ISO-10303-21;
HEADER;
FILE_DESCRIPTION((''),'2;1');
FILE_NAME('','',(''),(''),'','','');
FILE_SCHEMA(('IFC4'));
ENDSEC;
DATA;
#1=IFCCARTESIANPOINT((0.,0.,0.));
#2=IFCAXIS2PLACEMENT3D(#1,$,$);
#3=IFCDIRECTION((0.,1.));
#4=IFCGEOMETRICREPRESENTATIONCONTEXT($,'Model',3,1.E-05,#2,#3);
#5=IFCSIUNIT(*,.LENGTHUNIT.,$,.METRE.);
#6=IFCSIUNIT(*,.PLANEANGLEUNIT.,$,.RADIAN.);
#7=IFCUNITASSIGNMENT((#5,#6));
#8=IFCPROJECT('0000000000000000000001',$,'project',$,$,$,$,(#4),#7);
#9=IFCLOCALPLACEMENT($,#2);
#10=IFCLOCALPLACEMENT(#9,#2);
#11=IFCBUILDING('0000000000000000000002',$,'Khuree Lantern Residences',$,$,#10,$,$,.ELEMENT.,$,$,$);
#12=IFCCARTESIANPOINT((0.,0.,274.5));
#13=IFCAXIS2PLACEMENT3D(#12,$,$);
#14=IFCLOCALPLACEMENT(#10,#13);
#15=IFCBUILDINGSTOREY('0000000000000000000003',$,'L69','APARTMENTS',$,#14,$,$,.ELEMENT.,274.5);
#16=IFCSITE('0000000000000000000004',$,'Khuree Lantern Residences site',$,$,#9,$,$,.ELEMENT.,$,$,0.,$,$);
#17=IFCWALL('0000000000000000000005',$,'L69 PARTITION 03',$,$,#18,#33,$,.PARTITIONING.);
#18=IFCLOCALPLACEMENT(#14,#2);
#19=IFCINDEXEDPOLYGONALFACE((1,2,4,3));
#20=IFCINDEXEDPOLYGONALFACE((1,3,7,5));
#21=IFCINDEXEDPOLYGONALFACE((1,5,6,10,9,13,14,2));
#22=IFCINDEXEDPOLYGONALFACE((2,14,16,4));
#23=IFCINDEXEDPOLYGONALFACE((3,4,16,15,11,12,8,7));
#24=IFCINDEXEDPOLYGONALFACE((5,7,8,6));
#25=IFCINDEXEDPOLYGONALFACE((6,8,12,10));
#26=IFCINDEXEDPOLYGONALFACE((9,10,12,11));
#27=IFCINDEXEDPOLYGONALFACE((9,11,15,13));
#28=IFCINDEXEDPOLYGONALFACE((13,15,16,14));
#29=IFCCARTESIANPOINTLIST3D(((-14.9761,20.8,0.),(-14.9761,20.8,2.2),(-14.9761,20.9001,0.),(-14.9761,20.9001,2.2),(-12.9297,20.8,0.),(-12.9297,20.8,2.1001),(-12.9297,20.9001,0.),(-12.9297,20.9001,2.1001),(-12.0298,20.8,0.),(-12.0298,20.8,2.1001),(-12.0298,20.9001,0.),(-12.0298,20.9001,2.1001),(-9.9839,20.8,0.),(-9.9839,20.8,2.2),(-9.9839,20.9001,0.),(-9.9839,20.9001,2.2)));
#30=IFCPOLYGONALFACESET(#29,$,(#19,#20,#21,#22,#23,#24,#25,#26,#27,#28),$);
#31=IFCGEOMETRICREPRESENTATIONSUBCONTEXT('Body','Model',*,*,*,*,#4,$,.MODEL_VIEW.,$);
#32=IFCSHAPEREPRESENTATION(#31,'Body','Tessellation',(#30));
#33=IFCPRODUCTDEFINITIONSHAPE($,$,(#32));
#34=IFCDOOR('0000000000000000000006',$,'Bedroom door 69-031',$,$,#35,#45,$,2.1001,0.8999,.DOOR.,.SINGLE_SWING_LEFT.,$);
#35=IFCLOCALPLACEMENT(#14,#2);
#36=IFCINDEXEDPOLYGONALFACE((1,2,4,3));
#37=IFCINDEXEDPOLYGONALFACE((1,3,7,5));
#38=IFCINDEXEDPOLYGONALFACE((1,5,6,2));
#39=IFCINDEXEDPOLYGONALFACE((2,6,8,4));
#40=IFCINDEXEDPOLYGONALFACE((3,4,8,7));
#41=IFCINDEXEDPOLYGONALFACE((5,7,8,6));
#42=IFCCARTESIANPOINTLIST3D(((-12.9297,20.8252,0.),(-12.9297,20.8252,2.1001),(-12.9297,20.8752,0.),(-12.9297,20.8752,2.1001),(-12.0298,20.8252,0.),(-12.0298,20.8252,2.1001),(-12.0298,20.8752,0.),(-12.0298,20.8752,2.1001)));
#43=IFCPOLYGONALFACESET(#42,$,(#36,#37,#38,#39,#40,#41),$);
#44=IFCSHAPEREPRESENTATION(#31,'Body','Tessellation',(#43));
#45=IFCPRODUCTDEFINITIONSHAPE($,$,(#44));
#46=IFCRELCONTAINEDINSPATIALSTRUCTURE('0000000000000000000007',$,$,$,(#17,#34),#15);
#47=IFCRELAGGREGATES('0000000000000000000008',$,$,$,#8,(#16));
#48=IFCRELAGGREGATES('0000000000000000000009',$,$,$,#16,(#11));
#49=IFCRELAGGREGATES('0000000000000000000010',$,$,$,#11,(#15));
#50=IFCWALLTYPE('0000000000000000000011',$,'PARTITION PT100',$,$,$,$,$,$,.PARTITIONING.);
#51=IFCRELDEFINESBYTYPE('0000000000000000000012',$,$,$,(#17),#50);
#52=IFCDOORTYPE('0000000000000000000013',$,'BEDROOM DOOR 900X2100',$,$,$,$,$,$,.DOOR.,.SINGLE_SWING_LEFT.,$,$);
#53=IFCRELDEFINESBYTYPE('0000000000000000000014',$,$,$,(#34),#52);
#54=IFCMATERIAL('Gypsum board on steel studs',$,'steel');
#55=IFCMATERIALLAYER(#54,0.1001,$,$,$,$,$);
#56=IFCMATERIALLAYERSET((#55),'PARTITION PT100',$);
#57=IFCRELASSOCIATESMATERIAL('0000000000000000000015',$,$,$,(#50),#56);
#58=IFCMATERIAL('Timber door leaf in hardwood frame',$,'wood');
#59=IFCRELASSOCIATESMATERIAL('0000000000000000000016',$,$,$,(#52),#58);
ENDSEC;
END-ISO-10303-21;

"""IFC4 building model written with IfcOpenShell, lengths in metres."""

from ifc_helpers import new_model, si_unit, direction, frame, frame_2d, origin, place, context, subcontext, project, spatial, rectangle, extrude, material, layer, layer_set, type_object, element, fill, save


model = new_model("IFC4")

# Units and contexts
model_context = context("Model", 3, precision=1e-05, world=origin(), true_north=direction((0.0, 1.0)))
body_context = subcontext(model_context, "Body", "Model", "MODEL_VIEW")
ifc_project = project(units=[si_unit("LENGTHUNIT", "METRE"), si_unit("PLANEANGLEUNIT", "RADIAN")], contexts=[model_context])

# Site, building, storey
site_placement = place(None, origin())
site = spatial("IfcSite", under=ifc_project, at=site_placement, Name="Khuree Lantern Residences site", CompositionType="ELEMENT", RefElevation=0.0)
building_placement = place(site_placement, origin())
building = spatial("IfcBuilding", under=site, at=building_placement, Name="Khuree Lantern Residences", CompositionType="ELEMENT")
storey_placement = place(building_placement, frame((0.0, 0.0, 274.5)))
storey = spatial("IfcBuildingStorey", under=building, at=storey_placement, Name="L69", Description="APARTMENTS", CompositionType="ELEMENT", Elevation=274.5)

# Shared definitions
ifc_material_1 = material(Name="Gypsum board on steel studs", Category="steel")
ifc_layer_1 = layer(ifc_material_1, 0.1001)
ifc_layer_set_1 = layer_set([ifc_layer_1], Name="PARTITION PT100")
wall_type = type_object("IfcWallType", Name="PARTITION PT100", PredefinedType="PARTITIONING", material=ifc_layer_set_1)

# Wall, opening, door
ifc_material_2 = material(Name="Timber door leaf in hardwood frame", Category="wood")
door_type = type_object("IfcDoorType", Name="BEDROOM DOOR 900X2100", OperationType="SINGLE_SWING_LEFT", PredefinedType="DOOR", material=ifc_material_2)
wall_1_placement = place(storey_placement, frame((-9.9839, 20.8501, 0.0), z_axis=(0.0, 0.0, 1.0), x_axis=(-1.0, 0.0, 0.0)))
wall_1 = element("IfcWall", 1, at=wall_1_placement, inside=storey, type_object=wall_type, Name="L69 PARTITION 03", PredefinedType="PARTITIONING", context=body_context, shape_type="SweptSolid", body=[
    extrude(rectangle(XDim=4.9922, YDim=0.1001, at=frame_2d((2.4961, 0.0))), origin(), (0.0, 0.0, 1.0), 2.2),
])
opening_1_placement = place(wall_1_placement, frame((2.0459, 0.0, 0.0)))
opening_1 = element("IfcOpeningElement", 2, at=opening_1_placement, cuts=wall_1, PredefinedType="OPENING", context=body_context, shape_type="SweptSolid", body=[
    extrude(rectangle(XDim=0.8999, YDim=2.1001, at=frame_2d((0.45, 1.05))), frame((0.0, 0.0601, 0.0), z_axis=(0.0, -1.0, 0.0), x_axis=(1.0, 0.0, 0.0)), (0.0, 0.0, 1.0), 0.1201),
])
door_1_placement = place(opening_1_placement, origin())
door_1 = element("IfcDoor", 3, at=door_1_placement, inside=storey, type_object=door_type, Name="Bedroom door 69-031", OperationType="SINGLE_SWING_LEFT", OverallHeight=2.1001, OverallWidth=0.8999, PredefinedType="DOOR", context=body_context, shape_type="SweptSolid", body=[
    extrude(rectangle(XDim=0.8999, YDim=2.1001, at=frame_2d((0.45, 1.05))), frame((0.0, 0.0249, 0.0), z_axis=(0.0, -1.0, 0.0), x_axis=(1.0, 0.0, 0.0)), (0.0, 0.0, 1.0), 0.05),
])
fill(opening_1, door_1)

save(model, "model.ifc")
